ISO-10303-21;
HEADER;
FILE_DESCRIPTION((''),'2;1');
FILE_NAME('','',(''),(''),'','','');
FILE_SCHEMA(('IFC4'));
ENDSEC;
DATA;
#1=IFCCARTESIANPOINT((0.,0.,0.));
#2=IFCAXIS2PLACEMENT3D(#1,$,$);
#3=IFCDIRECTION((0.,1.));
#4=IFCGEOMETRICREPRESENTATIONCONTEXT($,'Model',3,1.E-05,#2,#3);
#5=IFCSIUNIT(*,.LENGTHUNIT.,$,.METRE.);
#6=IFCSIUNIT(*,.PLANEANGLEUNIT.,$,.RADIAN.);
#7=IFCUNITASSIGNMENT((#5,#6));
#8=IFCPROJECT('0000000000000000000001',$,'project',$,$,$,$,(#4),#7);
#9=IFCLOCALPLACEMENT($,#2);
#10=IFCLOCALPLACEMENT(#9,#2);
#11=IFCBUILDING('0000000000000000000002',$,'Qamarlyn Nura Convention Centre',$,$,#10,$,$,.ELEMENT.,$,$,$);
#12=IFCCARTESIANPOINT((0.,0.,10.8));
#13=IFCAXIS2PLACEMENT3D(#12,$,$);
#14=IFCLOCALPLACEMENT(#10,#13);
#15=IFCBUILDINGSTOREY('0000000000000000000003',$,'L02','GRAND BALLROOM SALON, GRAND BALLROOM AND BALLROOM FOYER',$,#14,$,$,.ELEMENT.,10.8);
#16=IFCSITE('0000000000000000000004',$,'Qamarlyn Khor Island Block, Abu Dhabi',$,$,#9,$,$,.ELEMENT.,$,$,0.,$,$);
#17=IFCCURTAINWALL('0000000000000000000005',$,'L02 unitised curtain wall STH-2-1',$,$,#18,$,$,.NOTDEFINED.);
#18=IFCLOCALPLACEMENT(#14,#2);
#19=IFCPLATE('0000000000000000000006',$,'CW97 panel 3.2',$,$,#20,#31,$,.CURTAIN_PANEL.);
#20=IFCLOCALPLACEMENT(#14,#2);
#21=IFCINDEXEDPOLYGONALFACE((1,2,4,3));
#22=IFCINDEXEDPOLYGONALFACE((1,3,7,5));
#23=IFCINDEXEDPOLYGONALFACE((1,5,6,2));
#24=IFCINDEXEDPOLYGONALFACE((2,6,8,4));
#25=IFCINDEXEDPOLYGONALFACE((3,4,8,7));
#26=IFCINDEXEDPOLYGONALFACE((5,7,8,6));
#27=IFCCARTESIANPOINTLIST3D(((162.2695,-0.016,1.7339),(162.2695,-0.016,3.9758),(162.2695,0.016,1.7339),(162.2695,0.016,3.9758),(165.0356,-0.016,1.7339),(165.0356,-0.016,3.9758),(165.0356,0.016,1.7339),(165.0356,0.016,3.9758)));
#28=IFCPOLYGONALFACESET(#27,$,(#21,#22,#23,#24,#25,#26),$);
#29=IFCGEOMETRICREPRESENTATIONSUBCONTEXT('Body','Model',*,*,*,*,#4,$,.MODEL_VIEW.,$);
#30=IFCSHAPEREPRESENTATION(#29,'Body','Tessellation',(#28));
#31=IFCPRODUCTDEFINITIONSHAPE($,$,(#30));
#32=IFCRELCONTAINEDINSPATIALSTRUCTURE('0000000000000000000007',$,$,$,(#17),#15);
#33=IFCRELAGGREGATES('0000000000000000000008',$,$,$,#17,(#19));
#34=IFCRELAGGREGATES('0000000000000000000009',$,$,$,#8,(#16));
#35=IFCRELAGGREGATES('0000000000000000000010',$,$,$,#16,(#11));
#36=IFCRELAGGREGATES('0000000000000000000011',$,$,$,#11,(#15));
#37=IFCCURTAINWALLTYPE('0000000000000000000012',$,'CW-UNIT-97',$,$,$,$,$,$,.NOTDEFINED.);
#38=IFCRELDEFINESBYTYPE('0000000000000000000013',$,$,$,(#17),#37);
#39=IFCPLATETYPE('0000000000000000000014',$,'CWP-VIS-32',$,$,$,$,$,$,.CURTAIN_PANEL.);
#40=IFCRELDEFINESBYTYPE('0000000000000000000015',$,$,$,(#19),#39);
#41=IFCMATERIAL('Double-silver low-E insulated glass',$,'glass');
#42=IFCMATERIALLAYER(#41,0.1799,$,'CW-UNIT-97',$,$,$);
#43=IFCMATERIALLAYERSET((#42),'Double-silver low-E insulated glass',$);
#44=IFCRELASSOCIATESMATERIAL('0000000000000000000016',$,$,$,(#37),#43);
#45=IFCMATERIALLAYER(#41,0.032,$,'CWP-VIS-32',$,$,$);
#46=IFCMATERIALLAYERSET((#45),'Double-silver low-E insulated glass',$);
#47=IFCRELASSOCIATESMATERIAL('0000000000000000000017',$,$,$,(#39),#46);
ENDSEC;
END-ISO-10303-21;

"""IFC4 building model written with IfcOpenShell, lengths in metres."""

from ifc_helpers import new_model, si_unit, direction, frame, origin, origin_2d, place, context, subcontext, project, spatial, rectangle, extrude, material, layer, layer_set, type_object, element, aggregate, save


model = new_model("IFC4")

# Units and contexts
model_context = context("Model", 3, precision=1e-05, world=origin(), true_north=direction((0.0, 1.0)))
body_context = subcontext(model_context, "Body", "Model", "MODEL_VIEW")
ifc_project = project(units=[si_unit("LENGTHUNIT", "METRE"), si_unit("PLANEANGLEUNIT", "RADIAN")], contexts=[model_context])

# Site, building, storey
site_placement = place(None, origin())
site = spatial("IfcSite", under=ifc_project, at=site_placement, Name="Qamarlyn Khor Island Block, Abu Dhabi", CompositionType="ELEMENT", RefElevation=0.0)
building_placement = place(site_placement, origin())
building = spatial("IfcBuilding", under=site, at=building_placement, Name="Qamarlyn Nura Convention Centre", CompositionType="ELEMENT")
storey_placement = place(building_placement, frame((0.0, 0.0, 10.8)))
storey = spatial("IfcBuildingStorey", under=building, at=storey_placement, Name="L02", Description="GRAND BALLROOM SALON, GRAND BALLROOM AND BALLROOM FOYER", CompositionType="ELEMENT", Elevation=10.8)

# Shared definitions
ifc_material_1 = material(Name="Double-silver low-E insulated glass", Category="glass")

# Curtain wall
ifc_layer_1 = layer(ifc_material_1, 0.1799, Name="CW-UNIT-97")
ifc_layer_set_1 = layer_set([ifc_layer_1], Name="Double-silver low-E insulated glass")
curtain_wall_type_1 = type_object("IfcCurtainWallType", Name="CW-UNIT-97", PredefinedType="NOTDEFINED", material=ifc_layer_set_1)
curtain_wall_1_placement = place(storey_placement, origin())
curtain_wall_1 = element("IfcCurtainWall", 1, at=curtain_wall_1_placement, inside=storey, type_object=curtain_wall_type_1, Name="L02 unitised curtain wall STH-2-1", PredefinedType="NOTDEFINED")

# Plate
ifc_layer_2 = layer(ifc_material_1, 0.032, Name="CWP-VIS-32")
ifc_layer_set_2 = layer_set([ifc_layer_2], Name="Double-silver low-E insulated glass")
plate_type = type_object("IfcPlateType", Name="CWP-VIS-32", PredefinedType="CURTAIN_PANEL", material=ifc_layer_set_2)
plate_1_placement = place(storey_placement, frame((163.6526, 0.0, 1.7339), z_axis=(0.0, 0.0, 1.0), x_axis=(-1.0, 0.0, 0.0)))
plate_1 = element("IfcPlate", 2, at=plate_1_placement, type_object=plate_type, Name="CW97 panel 3.2", PredefinedType="CURTAIN_PANEL", context=body_context, shape_type="SweptSolid", body=[
    extrude(rectangle(XDim=2.7661, YDim=0.032, at=origin_2d()), origin(), (0.0, 0.0, 1.0), 2.2419),
])
aggregate(curtain_wall_1, [plate_1])

save(model, "model.ifc")
